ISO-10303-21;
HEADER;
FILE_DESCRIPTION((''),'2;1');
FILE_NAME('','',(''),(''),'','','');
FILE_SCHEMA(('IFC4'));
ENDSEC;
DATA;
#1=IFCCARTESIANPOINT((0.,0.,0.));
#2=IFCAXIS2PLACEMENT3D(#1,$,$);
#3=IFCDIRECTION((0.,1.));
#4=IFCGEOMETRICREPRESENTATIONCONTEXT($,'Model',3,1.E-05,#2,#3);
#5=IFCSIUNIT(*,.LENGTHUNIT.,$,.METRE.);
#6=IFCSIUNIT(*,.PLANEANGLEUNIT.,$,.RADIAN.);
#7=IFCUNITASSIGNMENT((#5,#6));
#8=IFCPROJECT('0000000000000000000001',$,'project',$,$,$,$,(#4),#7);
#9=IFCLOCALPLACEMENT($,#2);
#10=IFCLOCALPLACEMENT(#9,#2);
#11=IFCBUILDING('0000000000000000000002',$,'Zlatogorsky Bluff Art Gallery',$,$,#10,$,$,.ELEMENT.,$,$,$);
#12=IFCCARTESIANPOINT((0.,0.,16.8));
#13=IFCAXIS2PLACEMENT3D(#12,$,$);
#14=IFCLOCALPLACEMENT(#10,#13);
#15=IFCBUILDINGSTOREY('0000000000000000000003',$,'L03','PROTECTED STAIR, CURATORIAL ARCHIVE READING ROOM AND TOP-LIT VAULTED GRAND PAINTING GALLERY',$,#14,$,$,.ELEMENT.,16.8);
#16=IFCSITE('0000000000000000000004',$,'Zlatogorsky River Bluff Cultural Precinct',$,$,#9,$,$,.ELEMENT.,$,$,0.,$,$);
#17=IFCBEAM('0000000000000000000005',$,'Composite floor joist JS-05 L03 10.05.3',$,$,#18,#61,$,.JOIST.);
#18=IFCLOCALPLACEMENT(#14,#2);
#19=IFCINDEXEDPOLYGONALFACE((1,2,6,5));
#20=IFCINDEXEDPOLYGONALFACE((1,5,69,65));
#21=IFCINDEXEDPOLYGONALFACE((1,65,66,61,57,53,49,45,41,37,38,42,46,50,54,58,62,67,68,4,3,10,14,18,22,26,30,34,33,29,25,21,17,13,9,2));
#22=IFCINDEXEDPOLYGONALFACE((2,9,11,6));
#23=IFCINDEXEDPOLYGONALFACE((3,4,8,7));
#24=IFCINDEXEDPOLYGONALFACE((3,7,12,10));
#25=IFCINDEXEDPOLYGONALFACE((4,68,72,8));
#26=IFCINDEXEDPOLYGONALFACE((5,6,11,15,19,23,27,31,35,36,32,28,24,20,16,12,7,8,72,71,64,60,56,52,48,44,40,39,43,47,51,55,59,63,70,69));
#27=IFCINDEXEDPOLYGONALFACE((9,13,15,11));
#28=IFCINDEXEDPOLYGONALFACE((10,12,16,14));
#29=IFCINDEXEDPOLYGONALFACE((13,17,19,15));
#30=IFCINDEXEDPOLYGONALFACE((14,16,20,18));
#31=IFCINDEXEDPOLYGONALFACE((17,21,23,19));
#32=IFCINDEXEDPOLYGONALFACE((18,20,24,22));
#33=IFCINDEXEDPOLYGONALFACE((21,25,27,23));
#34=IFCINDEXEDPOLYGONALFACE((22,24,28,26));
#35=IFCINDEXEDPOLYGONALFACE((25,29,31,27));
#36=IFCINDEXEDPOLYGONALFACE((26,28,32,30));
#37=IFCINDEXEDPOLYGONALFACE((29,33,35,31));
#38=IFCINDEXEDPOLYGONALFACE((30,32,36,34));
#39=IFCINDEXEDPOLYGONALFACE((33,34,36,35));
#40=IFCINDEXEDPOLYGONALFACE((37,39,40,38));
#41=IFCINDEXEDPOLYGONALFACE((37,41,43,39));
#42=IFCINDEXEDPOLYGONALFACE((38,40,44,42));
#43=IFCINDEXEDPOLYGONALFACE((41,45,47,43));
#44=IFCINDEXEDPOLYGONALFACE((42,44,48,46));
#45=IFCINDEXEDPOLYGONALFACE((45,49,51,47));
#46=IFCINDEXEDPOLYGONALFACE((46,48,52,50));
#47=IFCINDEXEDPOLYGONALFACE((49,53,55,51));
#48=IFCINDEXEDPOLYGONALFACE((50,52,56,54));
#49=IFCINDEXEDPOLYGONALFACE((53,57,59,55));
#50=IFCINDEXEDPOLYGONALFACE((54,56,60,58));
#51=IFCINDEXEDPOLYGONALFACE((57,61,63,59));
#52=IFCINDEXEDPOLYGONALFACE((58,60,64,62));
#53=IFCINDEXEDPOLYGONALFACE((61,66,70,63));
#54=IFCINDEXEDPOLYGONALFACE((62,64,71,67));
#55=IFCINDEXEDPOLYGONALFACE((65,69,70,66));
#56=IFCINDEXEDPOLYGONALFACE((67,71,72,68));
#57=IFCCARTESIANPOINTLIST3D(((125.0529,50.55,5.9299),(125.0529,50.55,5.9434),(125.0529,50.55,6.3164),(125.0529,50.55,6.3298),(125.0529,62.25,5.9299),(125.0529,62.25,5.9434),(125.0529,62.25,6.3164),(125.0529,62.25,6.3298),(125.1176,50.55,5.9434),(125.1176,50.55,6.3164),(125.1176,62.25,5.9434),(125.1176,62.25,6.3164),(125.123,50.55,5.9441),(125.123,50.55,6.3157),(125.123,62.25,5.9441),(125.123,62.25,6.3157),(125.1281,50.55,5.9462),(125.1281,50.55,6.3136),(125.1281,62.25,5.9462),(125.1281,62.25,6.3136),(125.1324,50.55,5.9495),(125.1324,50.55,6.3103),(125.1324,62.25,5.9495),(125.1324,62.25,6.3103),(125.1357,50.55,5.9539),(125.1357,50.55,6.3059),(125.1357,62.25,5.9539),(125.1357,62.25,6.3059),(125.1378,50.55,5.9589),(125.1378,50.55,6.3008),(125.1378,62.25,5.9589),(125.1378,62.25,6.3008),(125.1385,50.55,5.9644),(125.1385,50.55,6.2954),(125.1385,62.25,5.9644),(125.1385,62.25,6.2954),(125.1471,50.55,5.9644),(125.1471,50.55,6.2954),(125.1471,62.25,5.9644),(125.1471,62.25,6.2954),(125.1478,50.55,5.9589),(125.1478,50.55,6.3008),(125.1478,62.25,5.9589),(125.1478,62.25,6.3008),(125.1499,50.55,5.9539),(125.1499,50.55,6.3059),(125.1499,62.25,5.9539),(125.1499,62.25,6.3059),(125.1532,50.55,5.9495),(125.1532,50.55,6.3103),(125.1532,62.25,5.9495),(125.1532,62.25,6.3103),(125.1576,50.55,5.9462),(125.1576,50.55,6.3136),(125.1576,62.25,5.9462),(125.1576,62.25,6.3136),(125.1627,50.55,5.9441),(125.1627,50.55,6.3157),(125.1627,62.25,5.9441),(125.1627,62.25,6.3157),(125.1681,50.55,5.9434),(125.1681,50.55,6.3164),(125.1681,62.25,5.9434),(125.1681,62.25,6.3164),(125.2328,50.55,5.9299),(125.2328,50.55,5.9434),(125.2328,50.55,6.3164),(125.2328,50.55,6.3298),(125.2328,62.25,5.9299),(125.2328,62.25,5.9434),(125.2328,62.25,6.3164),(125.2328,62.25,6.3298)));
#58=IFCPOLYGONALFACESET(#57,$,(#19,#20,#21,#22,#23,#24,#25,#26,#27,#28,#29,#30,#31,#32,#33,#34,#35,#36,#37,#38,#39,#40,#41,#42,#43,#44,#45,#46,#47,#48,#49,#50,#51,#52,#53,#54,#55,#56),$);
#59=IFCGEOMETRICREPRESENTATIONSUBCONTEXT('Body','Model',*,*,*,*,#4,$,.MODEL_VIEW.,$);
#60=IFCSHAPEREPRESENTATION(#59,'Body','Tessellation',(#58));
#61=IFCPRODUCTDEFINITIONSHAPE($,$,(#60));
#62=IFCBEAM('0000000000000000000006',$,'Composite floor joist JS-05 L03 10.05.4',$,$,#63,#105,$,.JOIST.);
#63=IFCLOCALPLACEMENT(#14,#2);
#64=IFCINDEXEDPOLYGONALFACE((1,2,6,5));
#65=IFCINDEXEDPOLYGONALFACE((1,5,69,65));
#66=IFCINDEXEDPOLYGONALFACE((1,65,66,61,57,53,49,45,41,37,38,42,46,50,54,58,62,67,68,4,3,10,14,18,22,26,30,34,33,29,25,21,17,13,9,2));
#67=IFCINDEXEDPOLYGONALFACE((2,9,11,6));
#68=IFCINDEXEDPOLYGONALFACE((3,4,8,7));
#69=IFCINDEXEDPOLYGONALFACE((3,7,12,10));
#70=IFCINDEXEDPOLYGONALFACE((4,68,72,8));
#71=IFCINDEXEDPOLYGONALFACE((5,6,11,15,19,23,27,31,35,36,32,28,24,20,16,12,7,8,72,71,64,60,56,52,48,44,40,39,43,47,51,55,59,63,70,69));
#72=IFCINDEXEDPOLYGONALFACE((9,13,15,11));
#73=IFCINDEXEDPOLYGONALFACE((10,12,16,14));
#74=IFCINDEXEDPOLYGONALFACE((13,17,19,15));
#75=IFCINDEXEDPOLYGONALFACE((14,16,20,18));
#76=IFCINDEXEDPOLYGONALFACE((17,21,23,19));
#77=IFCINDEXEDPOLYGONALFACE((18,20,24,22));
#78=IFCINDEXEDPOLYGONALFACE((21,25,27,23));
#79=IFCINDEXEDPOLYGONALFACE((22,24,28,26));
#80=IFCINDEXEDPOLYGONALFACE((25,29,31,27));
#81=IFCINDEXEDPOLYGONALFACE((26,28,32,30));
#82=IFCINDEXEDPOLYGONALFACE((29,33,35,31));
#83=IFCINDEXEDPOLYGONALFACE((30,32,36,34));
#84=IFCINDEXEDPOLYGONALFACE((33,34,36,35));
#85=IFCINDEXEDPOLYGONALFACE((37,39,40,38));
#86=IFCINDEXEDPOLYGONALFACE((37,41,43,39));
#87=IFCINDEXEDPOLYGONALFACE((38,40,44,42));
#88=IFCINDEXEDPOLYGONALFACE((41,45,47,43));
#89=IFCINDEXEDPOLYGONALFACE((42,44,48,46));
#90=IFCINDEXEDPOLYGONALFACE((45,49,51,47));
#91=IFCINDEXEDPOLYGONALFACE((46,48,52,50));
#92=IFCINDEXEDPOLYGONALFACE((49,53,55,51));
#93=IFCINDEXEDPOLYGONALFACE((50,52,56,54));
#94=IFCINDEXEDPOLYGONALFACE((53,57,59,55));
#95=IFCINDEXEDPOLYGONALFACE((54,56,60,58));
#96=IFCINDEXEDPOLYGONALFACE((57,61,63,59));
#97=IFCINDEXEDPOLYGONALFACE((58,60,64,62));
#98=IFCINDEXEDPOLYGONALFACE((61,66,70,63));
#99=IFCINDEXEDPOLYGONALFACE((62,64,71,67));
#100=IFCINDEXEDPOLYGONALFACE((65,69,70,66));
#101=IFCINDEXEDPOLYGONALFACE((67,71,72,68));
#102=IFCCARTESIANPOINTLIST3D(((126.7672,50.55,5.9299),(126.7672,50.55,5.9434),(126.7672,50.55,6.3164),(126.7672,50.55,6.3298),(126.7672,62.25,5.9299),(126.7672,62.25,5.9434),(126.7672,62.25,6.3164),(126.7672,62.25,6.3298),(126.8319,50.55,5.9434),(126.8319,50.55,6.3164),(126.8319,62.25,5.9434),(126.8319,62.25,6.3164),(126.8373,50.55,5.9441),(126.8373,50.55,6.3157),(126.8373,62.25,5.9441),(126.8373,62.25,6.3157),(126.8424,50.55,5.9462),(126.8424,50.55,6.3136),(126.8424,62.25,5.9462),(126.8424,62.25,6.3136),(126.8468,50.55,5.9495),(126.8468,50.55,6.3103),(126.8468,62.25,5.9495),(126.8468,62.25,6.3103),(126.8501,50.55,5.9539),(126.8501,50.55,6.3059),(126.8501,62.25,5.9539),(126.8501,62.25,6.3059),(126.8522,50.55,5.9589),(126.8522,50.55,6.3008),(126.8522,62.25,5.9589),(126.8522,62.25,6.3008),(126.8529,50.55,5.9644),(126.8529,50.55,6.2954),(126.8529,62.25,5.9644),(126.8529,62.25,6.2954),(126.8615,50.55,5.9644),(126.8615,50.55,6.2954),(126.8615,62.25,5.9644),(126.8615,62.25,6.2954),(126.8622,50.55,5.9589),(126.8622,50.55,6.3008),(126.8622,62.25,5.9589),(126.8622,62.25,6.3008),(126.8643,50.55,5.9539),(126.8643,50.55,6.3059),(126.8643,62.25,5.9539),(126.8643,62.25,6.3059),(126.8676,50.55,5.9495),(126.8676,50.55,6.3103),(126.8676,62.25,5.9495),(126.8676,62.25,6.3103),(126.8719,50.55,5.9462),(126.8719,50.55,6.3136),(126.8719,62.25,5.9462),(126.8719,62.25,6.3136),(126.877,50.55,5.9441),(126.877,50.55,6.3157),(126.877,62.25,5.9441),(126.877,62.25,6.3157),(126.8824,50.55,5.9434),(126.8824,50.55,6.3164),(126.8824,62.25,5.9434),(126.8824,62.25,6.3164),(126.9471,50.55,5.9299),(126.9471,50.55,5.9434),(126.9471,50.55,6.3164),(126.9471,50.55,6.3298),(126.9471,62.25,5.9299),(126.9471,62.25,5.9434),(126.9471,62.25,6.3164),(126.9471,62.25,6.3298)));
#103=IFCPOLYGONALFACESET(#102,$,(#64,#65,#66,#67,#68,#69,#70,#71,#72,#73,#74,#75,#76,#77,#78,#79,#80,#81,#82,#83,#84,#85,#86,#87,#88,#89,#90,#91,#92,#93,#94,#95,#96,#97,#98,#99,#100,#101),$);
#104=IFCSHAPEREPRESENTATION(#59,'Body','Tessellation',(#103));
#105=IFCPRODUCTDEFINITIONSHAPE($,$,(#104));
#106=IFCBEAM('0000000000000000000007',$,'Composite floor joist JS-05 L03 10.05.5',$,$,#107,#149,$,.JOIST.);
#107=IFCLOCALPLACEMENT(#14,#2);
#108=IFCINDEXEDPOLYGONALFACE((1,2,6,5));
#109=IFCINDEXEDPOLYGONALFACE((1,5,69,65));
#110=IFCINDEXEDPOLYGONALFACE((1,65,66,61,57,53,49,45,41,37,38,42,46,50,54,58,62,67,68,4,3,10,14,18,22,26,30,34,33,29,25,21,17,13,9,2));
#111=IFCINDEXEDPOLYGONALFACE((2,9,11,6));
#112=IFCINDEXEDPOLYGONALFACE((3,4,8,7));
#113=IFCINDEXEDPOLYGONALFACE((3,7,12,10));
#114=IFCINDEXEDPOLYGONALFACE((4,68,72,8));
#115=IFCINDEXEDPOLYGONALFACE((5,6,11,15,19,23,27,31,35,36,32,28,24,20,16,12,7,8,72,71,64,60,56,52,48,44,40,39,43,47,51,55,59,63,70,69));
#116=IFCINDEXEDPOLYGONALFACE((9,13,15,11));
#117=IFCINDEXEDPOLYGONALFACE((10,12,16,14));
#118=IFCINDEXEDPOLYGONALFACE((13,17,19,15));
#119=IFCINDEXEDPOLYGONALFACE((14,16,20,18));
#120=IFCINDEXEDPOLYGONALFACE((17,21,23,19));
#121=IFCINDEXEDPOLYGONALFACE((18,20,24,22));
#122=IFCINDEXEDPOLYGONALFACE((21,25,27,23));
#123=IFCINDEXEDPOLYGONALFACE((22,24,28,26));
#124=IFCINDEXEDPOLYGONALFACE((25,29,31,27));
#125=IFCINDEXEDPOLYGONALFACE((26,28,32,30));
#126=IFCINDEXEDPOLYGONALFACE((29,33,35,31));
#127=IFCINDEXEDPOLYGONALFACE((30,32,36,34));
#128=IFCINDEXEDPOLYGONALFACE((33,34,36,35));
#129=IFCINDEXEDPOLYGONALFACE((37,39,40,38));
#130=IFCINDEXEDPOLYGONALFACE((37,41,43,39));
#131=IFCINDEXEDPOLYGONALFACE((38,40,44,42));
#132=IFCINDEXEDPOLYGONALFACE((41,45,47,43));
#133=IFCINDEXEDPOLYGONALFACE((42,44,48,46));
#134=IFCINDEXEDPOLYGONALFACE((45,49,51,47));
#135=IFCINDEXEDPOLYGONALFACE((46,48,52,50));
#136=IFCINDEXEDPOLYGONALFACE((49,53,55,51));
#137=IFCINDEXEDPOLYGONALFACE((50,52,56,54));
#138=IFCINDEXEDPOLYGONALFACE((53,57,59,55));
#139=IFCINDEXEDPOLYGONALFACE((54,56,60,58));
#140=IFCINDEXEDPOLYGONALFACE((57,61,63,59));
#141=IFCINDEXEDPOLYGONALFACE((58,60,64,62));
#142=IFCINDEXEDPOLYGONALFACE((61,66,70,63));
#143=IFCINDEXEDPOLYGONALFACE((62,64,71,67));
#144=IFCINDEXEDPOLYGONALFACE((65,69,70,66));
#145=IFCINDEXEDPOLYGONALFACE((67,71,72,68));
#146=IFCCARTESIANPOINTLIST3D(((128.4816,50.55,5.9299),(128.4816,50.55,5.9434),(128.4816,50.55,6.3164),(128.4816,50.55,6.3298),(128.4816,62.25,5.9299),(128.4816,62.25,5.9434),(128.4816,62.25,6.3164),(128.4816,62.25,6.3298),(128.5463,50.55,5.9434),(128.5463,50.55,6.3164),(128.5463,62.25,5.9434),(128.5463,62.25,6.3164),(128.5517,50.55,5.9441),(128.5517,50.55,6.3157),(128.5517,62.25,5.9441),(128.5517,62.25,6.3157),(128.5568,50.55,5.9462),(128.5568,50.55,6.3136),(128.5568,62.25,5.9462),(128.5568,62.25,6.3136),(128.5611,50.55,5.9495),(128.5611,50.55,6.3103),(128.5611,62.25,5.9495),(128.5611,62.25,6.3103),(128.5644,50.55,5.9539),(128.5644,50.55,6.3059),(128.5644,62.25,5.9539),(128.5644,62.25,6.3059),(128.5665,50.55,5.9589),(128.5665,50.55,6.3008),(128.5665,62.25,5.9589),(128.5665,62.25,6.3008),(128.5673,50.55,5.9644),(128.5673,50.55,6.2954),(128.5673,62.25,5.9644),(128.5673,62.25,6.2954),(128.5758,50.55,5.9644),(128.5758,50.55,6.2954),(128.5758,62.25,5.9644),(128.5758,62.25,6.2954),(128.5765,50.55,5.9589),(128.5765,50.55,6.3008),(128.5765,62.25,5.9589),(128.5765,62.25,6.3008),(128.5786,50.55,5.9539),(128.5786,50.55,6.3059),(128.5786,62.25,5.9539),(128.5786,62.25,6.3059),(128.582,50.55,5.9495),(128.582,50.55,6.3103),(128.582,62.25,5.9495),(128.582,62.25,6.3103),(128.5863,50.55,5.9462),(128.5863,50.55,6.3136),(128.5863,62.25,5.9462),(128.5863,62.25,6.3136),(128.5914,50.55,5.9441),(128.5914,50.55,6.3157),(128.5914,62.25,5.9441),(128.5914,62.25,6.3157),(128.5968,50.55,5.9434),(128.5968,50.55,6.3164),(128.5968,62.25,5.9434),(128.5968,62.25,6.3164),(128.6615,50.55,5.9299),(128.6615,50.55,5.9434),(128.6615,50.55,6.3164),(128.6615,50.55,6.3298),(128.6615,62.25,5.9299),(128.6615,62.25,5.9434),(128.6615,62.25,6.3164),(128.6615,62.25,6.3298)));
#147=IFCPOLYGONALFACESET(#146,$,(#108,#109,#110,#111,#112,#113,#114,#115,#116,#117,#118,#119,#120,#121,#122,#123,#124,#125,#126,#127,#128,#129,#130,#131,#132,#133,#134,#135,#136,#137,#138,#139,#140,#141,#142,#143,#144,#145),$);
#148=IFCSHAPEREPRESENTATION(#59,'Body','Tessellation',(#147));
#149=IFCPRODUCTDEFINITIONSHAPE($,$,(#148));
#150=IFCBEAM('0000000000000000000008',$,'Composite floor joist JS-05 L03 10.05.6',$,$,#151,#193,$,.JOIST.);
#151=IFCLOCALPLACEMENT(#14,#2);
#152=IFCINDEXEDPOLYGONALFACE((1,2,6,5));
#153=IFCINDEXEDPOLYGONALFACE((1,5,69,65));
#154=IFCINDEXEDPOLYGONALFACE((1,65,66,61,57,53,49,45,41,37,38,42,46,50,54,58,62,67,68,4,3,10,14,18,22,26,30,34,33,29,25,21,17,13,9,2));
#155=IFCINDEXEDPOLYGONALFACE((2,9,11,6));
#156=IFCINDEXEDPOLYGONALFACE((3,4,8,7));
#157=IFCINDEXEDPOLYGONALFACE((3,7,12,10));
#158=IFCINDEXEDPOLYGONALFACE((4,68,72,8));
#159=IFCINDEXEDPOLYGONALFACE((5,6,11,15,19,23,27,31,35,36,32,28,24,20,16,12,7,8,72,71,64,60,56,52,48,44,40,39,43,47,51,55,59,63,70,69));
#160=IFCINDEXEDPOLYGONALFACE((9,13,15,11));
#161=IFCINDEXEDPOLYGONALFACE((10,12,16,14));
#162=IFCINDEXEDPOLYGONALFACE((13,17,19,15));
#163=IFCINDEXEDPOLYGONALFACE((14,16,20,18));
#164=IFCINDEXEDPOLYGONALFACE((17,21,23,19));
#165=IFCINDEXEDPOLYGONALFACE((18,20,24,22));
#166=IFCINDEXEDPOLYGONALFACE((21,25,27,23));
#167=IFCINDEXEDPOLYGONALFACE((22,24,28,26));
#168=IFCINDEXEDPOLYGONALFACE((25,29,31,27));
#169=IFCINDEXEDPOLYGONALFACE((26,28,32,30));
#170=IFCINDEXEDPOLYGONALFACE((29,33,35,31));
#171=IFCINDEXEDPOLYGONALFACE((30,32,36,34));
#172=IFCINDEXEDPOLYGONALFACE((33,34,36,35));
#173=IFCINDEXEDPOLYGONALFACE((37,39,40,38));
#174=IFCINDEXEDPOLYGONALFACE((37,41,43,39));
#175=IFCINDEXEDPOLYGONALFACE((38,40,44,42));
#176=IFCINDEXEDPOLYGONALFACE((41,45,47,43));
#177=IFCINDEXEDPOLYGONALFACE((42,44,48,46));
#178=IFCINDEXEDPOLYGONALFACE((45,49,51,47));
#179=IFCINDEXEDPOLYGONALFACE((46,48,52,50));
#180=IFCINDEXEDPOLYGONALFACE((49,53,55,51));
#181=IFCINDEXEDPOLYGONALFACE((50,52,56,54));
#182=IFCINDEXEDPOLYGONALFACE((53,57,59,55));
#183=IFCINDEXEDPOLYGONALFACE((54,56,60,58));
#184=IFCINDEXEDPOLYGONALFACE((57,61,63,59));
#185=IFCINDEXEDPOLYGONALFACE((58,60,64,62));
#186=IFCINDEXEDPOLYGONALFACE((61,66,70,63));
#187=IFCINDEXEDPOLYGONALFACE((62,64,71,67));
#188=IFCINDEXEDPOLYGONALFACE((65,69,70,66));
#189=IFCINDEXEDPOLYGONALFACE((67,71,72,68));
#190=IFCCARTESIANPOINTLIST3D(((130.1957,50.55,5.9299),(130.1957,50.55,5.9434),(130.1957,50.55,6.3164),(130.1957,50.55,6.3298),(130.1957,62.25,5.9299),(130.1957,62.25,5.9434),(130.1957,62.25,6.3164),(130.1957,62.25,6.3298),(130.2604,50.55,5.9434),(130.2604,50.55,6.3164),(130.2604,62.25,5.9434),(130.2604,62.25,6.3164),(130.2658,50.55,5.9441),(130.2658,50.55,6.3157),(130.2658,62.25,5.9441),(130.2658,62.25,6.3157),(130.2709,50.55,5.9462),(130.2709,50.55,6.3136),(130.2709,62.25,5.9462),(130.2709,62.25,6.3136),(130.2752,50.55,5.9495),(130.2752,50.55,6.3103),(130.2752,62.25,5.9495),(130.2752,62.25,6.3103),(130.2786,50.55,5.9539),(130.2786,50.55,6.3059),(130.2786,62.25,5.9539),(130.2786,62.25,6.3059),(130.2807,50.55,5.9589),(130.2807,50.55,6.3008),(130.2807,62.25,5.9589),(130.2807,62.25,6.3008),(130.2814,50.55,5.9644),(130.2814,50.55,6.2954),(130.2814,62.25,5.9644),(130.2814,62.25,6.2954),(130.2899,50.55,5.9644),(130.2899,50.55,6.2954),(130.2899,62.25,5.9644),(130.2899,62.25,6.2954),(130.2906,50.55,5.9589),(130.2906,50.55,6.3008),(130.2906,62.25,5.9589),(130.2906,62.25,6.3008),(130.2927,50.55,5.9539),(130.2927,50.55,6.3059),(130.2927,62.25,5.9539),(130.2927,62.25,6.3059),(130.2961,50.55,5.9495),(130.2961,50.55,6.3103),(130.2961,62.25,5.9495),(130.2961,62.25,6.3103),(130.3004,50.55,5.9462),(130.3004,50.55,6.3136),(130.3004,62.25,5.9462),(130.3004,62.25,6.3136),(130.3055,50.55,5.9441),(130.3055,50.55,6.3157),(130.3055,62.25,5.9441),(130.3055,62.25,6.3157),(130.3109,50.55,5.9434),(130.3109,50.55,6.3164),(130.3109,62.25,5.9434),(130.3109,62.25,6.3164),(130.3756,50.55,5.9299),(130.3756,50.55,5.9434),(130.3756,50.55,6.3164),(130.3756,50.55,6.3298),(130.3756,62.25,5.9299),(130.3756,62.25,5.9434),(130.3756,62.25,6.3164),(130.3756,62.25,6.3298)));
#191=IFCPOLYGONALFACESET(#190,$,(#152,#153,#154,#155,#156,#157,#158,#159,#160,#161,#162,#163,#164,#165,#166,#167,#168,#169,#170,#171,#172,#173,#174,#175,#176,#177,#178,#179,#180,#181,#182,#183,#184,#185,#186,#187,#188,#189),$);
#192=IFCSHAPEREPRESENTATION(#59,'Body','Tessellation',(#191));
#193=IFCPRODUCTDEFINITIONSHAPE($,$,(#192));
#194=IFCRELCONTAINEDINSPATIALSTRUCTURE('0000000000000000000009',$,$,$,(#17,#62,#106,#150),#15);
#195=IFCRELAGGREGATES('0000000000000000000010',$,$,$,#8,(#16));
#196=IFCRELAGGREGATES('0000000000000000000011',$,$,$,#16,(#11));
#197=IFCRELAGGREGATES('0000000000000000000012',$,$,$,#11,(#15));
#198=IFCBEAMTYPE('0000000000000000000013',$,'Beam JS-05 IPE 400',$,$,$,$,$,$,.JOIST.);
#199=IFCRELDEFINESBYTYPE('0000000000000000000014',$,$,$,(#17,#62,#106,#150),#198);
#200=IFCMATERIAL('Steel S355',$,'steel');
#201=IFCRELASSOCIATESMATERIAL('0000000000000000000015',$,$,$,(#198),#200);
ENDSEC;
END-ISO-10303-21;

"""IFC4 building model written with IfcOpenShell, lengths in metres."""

from ifc_helpers import new_model, si_unit, direction, frame, origin, origin_2d, place, context, subcontext, project, spatial, i_section, extrude, material, material_profile, profile_set, type_object, element, save


model = new_model("IFC4")

# Units and contexts
model_context = context("Model", 3, precision=1e-05, world=origin(), true_north=direction((0.0, 1.0)))
body_context = subcontext(model_context, "Body", "Model", "MODEL_VIEW")
ifc_project = project(units=[si_unit("LENGTHUNIT", "METRE"), si_unit("PLANEANGLEUNIT", "RADIAN")], contexts=[model_context])

# Site, building, storey
site_placement = place(None, origin())
site = spatial("IfcSite", under=ifc_project, at=site_placement, Name="Zlatogorsky River Bluff Cultural Precinct", CompositionType="ELEMENT", RefElevation=0.0)
building_placement = place(site_placement, origin())
building = spatial("IfcBuilding", under=site, at=building_placement, Name="Zlatogorsky Bluff Art Gallery", CompositionType="ELEMENT")
storey_placement = place(building_placement, frame((0.0, 0.0, 16.8)))
storey = spatial("IfcBuildingStorey", under=building, at=storey_placement, Name="L03", Description="PROTECTED STAIR, CURATORIAL ARCHIVE READING ROOM AND TOP-LIT VAULTED GRAND PAINTING GALLERY", CompositionType="ELEMENT", Elevation=16.8)

# Beams
ifc_material_1 = material(Name="Steel S355", Category="steel")
ifc_material_profile_1 = material_profile(ifc_material_1, i_section(OverallWidth=0.1799, OverallDepth=0.3999, WebThickness=0.0085, FlangeThickness=0.0134, FilletRadius=0.021, at=origin_2d()), Name="IPE 400")
ifc_profile_set_1 = profile_set([ifc_material_profile_1], Name="Steel S355")
beam_type_1 = type_object("IfcBeamType", Name="Beam JS-05 IPE 400", PredefinedType="JOIST", material=ifc_profile_set_1)
for number, where, z_axis, x_axis, name in (
    (1, (125.1428, 50.55, 6.1299), (0.0, 1.0, 0.0), (-1.0, 0.0, 0.0), "Composite floor joist JS-05 L03 10.05.3"),
    (2, (126.8572, 50.55, 6.1299), (0.0, 1.0, 0.0), (-1.0, 0.0, 0.0), "Composite floor joist JS-05 L03 10.05.4"),
    (3, (128.5715, 50.55, 6.1299), (0.0, 1.0, 0.0), (-1.0, 0.0, 0.0), "Composite floor joist JS-05 L03 10.05.5"),
    (4, (130.2856, 50.55, 6.1299), (0.0, 1.0, 0.0), (-1.0, 0.0, 0.0), "Composite floor joist JS-05 L03 10.05.6"),
):
    element("IfcBeam", number, at=place(storey_placement, frame(where, z_axis=z_axis, x_axis=x_axis)), inside=storey, type_object=beam_type_1, Name=name, PredefinedType="JOIST", context=body_context, shape_type="SweptSolid", body=[
        extrude(i_section(OverallWidth=0.1799, OverallDepth=0.3999, WebThickness=0.0085, FlangeThickness=0.0134, FilletRadius=0.021, at=origin_2d()), origin(), (0.0, 0.0, 1.0), 11.7),
    ])

save(model, "model.ifc")
